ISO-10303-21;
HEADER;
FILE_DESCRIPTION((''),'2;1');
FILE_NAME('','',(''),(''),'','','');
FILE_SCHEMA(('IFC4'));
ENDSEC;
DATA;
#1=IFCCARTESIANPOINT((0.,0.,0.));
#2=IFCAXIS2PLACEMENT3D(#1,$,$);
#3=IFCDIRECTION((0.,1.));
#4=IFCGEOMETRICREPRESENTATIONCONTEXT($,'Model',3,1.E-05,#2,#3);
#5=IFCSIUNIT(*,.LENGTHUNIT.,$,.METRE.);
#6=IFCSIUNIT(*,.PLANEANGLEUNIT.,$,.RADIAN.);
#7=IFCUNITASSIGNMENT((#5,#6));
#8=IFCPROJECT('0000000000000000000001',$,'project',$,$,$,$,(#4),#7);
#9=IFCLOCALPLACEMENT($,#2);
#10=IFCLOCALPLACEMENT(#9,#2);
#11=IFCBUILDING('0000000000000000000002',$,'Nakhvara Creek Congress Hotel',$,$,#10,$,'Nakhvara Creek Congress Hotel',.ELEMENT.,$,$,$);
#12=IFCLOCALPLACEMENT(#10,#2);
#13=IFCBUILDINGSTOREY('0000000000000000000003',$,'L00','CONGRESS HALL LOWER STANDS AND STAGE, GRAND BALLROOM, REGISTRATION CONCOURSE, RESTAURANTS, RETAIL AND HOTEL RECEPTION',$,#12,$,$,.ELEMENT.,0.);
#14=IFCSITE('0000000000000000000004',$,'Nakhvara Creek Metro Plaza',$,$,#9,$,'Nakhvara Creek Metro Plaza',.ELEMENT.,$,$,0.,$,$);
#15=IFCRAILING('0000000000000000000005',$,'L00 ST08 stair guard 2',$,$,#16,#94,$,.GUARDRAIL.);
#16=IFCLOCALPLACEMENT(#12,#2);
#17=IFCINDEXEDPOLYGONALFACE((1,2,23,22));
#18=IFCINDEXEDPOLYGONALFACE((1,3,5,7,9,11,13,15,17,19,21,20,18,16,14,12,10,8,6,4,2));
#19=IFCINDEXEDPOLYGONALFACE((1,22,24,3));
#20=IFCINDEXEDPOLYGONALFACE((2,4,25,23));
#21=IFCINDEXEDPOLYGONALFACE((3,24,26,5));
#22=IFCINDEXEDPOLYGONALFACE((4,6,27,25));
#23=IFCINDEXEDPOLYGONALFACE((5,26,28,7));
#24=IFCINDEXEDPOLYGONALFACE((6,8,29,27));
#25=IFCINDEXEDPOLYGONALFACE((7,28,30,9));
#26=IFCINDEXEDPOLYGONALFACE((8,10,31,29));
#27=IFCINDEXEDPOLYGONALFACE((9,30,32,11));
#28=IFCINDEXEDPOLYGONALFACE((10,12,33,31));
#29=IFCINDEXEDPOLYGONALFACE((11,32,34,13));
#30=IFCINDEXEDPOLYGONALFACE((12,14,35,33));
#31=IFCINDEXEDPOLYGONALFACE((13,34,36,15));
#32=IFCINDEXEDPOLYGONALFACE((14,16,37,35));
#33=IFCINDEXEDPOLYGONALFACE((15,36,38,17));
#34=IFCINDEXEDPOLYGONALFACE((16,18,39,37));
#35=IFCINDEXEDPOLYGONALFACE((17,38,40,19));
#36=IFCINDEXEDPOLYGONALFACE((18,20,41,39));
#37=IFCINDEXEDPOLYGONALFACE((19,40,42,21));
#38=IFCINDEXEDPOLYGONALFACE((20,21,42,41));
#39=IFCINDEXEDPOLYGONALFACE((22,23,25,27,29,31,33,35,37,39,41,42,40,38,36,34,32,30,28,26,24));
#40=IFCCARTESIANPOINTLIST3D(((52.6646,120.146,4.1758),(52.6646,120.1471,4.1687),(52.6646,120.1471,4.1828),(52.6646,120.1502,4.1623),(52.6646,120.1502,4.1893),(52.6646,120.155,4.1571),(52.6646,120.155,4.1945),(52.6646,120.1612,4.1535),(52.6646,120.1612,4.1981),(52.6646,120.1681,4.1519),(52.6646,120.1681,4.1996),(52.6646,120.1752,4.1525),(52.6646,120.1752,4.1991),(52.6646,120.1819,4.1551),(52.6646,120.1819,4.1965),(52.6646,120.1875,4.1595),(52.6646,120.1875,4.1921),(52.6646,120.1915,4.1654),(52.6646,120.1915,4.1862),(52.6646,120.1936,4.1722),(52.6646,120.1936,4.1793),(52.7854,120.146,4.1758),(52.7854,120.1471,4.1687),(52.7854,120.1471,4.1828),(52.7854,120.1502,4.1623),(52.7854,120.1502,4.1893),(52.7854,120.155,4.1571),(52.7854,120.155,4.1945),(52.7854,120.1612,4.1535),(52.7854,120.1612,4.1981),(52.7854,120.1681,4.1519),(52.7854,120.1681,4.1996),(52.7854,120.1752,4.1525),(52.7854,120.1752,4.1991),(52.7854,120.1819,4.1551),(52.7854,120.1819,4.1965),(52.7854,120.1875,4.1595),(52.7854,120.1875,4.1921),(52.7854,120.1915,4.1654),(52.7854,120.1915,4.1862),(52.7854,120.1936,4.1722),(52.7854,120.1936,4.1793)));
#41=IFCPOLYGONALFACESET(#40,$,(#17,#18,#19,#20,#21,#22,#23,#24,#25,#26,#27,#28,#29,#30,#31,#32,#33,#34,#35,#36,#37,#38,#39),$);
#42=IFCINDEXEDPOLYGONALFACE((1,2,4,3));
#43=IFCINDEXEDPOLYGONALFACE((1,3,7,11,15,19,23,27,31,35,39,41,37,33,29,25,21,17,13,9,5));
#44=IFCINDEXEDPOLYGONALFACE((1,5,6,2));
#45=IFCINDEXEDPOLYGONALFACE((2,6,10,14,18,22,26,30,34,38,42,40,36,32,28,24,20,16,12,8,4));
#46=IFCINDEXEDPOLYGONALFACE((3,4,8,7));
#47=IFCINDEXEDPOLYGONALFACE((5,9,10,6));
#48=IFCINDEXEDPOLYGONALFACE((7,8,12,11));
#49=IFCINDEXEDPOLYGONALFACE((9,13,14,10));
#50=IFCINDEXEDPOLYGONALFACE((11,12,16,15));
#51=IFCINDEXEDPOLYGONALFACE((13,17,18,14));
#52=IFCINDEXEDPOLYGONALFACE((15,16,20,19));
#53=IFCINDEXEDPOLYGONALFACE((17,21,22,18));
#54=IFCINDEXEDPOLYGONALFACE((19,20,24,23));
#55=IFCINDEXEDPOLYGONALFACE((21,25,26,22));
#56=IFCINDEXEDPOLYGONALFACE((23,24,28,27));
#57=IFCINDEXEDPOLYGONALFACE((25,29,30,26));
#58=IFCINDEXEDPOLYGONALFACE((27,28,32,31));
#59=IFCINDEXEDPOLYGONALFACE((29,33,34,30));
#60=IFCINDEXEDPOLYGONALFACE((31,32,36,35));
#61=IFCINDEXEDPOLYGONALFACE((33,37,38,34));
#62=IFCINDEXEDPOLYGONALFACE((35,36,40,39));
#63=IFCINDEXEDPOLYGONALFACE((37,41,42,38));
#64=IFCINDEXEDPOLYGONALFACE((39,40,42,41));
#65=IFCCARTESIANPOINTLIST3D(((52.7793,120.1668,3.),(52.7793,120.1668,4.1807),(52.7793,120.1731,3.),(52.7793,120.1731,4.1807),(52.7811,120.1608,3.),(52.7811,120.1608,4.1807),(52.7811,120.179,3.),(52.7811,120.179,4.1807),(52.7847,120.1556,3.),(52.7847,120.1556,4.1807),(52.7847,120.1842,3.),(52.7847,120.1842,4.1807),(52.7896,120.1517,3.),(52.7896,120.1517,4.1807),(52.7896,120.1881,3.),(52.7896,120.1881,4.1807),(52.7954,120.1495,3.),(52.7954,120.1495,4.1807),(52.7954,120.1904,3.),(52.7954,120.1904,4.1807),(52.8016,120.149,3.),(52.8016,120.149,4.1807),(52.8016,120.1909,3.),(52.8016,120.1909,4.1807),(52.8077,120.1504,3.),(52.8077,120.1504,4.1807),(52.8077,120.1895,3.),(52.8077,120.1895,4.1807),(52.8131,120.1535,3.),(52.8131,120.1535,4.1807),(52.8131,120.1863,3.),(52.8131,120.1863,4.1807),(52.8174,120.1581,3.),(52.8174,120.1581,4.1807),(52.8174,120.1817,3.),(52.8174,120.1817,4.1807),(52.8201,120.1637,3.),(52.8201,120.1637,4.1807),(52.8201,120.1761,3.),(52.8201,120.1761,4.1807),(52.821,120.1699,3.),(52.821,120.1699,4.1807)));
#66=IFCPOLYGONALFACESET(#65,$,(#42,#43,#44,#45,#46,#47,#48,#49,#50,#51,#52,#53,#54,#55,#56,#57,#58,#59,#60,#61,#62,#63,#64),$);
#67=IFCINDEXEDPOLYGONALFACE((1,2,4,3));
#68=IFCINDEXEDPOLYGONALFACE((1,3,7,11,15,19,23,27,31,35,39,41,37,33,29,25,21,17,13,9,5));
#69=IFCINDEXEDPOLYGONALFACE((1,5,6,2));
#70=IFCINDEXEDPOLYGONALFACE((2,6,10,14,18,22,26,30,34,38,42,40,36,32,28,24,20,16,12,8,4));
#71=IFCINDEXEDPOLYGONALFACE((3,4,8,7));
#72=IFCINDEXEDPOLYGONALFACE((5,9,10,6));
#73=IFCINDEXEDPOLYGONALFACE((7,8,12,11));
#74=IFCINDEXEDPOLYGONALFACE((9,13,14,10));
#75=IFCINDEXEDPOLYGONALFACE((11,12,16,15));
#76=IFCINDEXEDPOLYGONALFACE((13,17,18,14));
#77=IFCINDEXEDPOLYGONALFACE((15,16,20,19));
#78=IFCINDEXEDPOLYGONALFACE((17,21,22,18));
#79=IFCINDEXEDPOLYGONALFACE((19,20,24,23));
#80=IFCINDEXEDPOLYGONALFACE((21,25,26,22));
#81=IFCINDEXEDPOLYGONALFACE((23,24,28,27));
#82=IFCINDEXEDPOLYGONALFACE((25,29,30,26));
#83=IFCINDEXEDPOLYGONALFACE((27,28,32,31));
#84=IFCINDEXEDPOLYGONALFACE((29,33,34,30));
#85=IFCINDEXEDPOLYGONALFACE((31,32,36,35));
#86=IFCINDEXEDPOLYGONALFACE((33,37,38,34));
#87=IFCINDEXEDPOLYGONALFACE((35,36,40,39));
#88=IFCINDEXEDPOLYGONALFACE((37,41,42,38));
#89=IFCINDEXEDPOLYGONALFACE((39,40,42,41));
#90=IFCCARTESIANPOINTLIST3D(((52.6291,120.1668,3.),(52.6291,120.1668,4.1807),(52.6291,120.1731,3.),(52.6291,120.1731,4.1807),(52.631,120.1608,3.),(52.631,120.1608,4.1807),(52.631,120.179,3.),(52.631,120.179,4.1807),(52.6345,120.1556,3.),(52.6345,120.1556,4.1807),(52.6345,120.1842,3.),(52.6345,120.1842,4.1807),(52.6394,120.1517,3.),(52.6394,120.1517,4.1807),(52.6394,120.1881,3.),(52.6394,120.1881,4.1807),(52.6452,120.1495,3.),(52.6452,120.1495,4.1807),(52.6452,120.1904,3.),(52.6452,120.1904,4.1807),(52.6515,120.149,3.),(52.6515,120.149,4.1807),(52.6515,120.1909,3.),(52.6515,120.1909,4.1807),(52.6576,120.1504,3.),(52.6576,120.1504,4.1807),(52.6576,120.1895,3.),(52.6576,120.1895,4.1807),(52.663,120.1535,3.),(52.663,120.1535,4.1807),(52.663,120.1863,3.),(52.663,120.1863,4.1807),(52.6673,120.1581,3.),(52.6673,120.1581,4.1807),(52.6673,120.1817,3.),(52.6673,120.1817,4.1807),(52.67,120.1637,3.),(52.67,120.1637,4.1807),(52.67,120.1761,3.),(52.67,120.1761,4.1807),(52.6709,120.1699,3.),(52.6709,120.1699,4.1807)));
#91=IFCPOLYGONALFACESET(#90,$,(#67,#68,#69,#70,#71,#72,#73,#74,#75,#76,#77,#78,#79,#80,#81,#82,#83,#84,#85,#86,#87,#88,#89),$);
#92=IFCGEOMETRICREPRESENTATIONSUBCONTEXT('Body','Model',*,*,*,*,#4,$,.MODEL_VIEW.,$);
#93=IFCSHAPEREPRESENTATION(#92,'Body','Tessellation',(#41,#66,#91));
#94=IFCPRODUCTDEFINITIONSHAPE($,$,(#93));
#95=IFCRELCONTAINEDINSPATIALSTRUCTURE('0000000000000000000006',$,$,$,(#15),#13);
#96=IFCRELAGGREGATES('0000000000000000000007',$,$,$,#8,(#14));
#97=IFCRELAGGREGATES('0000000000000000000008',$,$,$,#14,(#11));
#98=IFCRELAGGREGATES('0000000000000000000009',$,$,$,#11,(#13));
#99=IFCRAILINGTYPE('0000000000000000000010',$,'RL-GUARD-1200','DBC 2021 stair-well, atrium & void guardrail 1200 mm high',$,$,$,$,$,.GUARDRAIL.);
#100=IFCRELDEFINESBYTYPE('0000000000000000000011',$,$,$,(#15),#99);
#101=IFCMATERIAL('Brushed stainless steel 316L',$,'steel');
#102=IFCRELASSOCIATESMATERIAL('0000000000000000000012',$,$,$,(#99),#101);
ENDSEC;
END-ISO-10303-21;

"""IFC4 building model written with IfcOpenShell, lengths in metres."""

from ifc_helpers import new_model, si_unit, direction, frame, origin, origin_2d, place, context, subcontext, project, spatial, circle, extrude, material, type_object, element, save


model = new_model("IFC4")

# Units and contexts
model_context = context("Model", 3, precision=1e-05, world=origin(), true_north=direction((0.0, 1.0)))
body_context = subcontext(model_context, "Body", "Model", "MODEL_VIEW")
ifc_project = project(units=[si_unit("LENGTHUNIT", "METRE"), si_unit("PLANEANGLEUNIT", "RADIAN")], contexts=[model_context])

# Site, building, storey
site_placement = place(None, origin())
site = spatial("IfcSite", under=ifc_project, at=site_placement, Name="Nakhvara Creek Metro Plaza", LongName="Nakhvara Creek Metro Plaza", CompositionType="ELEMENT", RefElevation=0.0)
building_placement = place(site_placement, origin())
building = spatial("IfcBuilding", under=site, at=building_placement, Name="Nakhvara Creek Congress Hotel", LongName="Nakhvara Creek Congress Hotel", CompositionType="ELEMENT")
storey_placement = place(building_placement, origin())
storey = spatial("IfcBuildingStorey", under=building, at=storey_placement, Name="L00", Description="CONGRESS HALL LOWER STANDS AND STAGE, GRAND BALLROOM, REGISTRATION CONCOURSE, RESTAURANTS, RETAIL AND HOTEL RECEPTION", CompositionType="ELEMENT", Elevation=0.0)

# Railing
ifc_material_1 = material(Name="Brushed stainless steel 316L", Category="steel")
railing_type_1 = type_object("IfcRailingType", Name="RL-GUARD-1200", Description="DBC 2021 stair-well, atrium & void guardrail 1200 mm high", PredefinedType="GUARDRAIL", material=ifc_material_1)
railing_1_placement = place(storey_placement, frame((52.8, 120.1699, 3.0)))
element("IfcRailing", 1, at=railing_1_placement, inside=storey, type_object=railing_type_1, Name="L00 ST08 stair guard 2", PredefinedType="GUARDRAIL", context=body_context, shape_type="SweptSolid", body=[
    extrude(circle(Radius=0.0239, at=origin_2d()), frame((-0.0146, 0.0, 1.1758), z_axis=(-1.0, 0.0, 0.0), x_axis=(0.0, -1.0, 0.0)), (0.0, 0.0, 1.0), 0.1208),
    extrude(circle(Radius=0.021, at=origin_2d()), origin(), (0.0, 0.0, 1.0), 1.1807),
    extrude(circle(Radius=0.021, at=origin_2d()), frame((-0.1501, 0.0, 0.0)), (0.0, 0.0, 1.0), 1.1807),
])

save(model, "model.ifc")
